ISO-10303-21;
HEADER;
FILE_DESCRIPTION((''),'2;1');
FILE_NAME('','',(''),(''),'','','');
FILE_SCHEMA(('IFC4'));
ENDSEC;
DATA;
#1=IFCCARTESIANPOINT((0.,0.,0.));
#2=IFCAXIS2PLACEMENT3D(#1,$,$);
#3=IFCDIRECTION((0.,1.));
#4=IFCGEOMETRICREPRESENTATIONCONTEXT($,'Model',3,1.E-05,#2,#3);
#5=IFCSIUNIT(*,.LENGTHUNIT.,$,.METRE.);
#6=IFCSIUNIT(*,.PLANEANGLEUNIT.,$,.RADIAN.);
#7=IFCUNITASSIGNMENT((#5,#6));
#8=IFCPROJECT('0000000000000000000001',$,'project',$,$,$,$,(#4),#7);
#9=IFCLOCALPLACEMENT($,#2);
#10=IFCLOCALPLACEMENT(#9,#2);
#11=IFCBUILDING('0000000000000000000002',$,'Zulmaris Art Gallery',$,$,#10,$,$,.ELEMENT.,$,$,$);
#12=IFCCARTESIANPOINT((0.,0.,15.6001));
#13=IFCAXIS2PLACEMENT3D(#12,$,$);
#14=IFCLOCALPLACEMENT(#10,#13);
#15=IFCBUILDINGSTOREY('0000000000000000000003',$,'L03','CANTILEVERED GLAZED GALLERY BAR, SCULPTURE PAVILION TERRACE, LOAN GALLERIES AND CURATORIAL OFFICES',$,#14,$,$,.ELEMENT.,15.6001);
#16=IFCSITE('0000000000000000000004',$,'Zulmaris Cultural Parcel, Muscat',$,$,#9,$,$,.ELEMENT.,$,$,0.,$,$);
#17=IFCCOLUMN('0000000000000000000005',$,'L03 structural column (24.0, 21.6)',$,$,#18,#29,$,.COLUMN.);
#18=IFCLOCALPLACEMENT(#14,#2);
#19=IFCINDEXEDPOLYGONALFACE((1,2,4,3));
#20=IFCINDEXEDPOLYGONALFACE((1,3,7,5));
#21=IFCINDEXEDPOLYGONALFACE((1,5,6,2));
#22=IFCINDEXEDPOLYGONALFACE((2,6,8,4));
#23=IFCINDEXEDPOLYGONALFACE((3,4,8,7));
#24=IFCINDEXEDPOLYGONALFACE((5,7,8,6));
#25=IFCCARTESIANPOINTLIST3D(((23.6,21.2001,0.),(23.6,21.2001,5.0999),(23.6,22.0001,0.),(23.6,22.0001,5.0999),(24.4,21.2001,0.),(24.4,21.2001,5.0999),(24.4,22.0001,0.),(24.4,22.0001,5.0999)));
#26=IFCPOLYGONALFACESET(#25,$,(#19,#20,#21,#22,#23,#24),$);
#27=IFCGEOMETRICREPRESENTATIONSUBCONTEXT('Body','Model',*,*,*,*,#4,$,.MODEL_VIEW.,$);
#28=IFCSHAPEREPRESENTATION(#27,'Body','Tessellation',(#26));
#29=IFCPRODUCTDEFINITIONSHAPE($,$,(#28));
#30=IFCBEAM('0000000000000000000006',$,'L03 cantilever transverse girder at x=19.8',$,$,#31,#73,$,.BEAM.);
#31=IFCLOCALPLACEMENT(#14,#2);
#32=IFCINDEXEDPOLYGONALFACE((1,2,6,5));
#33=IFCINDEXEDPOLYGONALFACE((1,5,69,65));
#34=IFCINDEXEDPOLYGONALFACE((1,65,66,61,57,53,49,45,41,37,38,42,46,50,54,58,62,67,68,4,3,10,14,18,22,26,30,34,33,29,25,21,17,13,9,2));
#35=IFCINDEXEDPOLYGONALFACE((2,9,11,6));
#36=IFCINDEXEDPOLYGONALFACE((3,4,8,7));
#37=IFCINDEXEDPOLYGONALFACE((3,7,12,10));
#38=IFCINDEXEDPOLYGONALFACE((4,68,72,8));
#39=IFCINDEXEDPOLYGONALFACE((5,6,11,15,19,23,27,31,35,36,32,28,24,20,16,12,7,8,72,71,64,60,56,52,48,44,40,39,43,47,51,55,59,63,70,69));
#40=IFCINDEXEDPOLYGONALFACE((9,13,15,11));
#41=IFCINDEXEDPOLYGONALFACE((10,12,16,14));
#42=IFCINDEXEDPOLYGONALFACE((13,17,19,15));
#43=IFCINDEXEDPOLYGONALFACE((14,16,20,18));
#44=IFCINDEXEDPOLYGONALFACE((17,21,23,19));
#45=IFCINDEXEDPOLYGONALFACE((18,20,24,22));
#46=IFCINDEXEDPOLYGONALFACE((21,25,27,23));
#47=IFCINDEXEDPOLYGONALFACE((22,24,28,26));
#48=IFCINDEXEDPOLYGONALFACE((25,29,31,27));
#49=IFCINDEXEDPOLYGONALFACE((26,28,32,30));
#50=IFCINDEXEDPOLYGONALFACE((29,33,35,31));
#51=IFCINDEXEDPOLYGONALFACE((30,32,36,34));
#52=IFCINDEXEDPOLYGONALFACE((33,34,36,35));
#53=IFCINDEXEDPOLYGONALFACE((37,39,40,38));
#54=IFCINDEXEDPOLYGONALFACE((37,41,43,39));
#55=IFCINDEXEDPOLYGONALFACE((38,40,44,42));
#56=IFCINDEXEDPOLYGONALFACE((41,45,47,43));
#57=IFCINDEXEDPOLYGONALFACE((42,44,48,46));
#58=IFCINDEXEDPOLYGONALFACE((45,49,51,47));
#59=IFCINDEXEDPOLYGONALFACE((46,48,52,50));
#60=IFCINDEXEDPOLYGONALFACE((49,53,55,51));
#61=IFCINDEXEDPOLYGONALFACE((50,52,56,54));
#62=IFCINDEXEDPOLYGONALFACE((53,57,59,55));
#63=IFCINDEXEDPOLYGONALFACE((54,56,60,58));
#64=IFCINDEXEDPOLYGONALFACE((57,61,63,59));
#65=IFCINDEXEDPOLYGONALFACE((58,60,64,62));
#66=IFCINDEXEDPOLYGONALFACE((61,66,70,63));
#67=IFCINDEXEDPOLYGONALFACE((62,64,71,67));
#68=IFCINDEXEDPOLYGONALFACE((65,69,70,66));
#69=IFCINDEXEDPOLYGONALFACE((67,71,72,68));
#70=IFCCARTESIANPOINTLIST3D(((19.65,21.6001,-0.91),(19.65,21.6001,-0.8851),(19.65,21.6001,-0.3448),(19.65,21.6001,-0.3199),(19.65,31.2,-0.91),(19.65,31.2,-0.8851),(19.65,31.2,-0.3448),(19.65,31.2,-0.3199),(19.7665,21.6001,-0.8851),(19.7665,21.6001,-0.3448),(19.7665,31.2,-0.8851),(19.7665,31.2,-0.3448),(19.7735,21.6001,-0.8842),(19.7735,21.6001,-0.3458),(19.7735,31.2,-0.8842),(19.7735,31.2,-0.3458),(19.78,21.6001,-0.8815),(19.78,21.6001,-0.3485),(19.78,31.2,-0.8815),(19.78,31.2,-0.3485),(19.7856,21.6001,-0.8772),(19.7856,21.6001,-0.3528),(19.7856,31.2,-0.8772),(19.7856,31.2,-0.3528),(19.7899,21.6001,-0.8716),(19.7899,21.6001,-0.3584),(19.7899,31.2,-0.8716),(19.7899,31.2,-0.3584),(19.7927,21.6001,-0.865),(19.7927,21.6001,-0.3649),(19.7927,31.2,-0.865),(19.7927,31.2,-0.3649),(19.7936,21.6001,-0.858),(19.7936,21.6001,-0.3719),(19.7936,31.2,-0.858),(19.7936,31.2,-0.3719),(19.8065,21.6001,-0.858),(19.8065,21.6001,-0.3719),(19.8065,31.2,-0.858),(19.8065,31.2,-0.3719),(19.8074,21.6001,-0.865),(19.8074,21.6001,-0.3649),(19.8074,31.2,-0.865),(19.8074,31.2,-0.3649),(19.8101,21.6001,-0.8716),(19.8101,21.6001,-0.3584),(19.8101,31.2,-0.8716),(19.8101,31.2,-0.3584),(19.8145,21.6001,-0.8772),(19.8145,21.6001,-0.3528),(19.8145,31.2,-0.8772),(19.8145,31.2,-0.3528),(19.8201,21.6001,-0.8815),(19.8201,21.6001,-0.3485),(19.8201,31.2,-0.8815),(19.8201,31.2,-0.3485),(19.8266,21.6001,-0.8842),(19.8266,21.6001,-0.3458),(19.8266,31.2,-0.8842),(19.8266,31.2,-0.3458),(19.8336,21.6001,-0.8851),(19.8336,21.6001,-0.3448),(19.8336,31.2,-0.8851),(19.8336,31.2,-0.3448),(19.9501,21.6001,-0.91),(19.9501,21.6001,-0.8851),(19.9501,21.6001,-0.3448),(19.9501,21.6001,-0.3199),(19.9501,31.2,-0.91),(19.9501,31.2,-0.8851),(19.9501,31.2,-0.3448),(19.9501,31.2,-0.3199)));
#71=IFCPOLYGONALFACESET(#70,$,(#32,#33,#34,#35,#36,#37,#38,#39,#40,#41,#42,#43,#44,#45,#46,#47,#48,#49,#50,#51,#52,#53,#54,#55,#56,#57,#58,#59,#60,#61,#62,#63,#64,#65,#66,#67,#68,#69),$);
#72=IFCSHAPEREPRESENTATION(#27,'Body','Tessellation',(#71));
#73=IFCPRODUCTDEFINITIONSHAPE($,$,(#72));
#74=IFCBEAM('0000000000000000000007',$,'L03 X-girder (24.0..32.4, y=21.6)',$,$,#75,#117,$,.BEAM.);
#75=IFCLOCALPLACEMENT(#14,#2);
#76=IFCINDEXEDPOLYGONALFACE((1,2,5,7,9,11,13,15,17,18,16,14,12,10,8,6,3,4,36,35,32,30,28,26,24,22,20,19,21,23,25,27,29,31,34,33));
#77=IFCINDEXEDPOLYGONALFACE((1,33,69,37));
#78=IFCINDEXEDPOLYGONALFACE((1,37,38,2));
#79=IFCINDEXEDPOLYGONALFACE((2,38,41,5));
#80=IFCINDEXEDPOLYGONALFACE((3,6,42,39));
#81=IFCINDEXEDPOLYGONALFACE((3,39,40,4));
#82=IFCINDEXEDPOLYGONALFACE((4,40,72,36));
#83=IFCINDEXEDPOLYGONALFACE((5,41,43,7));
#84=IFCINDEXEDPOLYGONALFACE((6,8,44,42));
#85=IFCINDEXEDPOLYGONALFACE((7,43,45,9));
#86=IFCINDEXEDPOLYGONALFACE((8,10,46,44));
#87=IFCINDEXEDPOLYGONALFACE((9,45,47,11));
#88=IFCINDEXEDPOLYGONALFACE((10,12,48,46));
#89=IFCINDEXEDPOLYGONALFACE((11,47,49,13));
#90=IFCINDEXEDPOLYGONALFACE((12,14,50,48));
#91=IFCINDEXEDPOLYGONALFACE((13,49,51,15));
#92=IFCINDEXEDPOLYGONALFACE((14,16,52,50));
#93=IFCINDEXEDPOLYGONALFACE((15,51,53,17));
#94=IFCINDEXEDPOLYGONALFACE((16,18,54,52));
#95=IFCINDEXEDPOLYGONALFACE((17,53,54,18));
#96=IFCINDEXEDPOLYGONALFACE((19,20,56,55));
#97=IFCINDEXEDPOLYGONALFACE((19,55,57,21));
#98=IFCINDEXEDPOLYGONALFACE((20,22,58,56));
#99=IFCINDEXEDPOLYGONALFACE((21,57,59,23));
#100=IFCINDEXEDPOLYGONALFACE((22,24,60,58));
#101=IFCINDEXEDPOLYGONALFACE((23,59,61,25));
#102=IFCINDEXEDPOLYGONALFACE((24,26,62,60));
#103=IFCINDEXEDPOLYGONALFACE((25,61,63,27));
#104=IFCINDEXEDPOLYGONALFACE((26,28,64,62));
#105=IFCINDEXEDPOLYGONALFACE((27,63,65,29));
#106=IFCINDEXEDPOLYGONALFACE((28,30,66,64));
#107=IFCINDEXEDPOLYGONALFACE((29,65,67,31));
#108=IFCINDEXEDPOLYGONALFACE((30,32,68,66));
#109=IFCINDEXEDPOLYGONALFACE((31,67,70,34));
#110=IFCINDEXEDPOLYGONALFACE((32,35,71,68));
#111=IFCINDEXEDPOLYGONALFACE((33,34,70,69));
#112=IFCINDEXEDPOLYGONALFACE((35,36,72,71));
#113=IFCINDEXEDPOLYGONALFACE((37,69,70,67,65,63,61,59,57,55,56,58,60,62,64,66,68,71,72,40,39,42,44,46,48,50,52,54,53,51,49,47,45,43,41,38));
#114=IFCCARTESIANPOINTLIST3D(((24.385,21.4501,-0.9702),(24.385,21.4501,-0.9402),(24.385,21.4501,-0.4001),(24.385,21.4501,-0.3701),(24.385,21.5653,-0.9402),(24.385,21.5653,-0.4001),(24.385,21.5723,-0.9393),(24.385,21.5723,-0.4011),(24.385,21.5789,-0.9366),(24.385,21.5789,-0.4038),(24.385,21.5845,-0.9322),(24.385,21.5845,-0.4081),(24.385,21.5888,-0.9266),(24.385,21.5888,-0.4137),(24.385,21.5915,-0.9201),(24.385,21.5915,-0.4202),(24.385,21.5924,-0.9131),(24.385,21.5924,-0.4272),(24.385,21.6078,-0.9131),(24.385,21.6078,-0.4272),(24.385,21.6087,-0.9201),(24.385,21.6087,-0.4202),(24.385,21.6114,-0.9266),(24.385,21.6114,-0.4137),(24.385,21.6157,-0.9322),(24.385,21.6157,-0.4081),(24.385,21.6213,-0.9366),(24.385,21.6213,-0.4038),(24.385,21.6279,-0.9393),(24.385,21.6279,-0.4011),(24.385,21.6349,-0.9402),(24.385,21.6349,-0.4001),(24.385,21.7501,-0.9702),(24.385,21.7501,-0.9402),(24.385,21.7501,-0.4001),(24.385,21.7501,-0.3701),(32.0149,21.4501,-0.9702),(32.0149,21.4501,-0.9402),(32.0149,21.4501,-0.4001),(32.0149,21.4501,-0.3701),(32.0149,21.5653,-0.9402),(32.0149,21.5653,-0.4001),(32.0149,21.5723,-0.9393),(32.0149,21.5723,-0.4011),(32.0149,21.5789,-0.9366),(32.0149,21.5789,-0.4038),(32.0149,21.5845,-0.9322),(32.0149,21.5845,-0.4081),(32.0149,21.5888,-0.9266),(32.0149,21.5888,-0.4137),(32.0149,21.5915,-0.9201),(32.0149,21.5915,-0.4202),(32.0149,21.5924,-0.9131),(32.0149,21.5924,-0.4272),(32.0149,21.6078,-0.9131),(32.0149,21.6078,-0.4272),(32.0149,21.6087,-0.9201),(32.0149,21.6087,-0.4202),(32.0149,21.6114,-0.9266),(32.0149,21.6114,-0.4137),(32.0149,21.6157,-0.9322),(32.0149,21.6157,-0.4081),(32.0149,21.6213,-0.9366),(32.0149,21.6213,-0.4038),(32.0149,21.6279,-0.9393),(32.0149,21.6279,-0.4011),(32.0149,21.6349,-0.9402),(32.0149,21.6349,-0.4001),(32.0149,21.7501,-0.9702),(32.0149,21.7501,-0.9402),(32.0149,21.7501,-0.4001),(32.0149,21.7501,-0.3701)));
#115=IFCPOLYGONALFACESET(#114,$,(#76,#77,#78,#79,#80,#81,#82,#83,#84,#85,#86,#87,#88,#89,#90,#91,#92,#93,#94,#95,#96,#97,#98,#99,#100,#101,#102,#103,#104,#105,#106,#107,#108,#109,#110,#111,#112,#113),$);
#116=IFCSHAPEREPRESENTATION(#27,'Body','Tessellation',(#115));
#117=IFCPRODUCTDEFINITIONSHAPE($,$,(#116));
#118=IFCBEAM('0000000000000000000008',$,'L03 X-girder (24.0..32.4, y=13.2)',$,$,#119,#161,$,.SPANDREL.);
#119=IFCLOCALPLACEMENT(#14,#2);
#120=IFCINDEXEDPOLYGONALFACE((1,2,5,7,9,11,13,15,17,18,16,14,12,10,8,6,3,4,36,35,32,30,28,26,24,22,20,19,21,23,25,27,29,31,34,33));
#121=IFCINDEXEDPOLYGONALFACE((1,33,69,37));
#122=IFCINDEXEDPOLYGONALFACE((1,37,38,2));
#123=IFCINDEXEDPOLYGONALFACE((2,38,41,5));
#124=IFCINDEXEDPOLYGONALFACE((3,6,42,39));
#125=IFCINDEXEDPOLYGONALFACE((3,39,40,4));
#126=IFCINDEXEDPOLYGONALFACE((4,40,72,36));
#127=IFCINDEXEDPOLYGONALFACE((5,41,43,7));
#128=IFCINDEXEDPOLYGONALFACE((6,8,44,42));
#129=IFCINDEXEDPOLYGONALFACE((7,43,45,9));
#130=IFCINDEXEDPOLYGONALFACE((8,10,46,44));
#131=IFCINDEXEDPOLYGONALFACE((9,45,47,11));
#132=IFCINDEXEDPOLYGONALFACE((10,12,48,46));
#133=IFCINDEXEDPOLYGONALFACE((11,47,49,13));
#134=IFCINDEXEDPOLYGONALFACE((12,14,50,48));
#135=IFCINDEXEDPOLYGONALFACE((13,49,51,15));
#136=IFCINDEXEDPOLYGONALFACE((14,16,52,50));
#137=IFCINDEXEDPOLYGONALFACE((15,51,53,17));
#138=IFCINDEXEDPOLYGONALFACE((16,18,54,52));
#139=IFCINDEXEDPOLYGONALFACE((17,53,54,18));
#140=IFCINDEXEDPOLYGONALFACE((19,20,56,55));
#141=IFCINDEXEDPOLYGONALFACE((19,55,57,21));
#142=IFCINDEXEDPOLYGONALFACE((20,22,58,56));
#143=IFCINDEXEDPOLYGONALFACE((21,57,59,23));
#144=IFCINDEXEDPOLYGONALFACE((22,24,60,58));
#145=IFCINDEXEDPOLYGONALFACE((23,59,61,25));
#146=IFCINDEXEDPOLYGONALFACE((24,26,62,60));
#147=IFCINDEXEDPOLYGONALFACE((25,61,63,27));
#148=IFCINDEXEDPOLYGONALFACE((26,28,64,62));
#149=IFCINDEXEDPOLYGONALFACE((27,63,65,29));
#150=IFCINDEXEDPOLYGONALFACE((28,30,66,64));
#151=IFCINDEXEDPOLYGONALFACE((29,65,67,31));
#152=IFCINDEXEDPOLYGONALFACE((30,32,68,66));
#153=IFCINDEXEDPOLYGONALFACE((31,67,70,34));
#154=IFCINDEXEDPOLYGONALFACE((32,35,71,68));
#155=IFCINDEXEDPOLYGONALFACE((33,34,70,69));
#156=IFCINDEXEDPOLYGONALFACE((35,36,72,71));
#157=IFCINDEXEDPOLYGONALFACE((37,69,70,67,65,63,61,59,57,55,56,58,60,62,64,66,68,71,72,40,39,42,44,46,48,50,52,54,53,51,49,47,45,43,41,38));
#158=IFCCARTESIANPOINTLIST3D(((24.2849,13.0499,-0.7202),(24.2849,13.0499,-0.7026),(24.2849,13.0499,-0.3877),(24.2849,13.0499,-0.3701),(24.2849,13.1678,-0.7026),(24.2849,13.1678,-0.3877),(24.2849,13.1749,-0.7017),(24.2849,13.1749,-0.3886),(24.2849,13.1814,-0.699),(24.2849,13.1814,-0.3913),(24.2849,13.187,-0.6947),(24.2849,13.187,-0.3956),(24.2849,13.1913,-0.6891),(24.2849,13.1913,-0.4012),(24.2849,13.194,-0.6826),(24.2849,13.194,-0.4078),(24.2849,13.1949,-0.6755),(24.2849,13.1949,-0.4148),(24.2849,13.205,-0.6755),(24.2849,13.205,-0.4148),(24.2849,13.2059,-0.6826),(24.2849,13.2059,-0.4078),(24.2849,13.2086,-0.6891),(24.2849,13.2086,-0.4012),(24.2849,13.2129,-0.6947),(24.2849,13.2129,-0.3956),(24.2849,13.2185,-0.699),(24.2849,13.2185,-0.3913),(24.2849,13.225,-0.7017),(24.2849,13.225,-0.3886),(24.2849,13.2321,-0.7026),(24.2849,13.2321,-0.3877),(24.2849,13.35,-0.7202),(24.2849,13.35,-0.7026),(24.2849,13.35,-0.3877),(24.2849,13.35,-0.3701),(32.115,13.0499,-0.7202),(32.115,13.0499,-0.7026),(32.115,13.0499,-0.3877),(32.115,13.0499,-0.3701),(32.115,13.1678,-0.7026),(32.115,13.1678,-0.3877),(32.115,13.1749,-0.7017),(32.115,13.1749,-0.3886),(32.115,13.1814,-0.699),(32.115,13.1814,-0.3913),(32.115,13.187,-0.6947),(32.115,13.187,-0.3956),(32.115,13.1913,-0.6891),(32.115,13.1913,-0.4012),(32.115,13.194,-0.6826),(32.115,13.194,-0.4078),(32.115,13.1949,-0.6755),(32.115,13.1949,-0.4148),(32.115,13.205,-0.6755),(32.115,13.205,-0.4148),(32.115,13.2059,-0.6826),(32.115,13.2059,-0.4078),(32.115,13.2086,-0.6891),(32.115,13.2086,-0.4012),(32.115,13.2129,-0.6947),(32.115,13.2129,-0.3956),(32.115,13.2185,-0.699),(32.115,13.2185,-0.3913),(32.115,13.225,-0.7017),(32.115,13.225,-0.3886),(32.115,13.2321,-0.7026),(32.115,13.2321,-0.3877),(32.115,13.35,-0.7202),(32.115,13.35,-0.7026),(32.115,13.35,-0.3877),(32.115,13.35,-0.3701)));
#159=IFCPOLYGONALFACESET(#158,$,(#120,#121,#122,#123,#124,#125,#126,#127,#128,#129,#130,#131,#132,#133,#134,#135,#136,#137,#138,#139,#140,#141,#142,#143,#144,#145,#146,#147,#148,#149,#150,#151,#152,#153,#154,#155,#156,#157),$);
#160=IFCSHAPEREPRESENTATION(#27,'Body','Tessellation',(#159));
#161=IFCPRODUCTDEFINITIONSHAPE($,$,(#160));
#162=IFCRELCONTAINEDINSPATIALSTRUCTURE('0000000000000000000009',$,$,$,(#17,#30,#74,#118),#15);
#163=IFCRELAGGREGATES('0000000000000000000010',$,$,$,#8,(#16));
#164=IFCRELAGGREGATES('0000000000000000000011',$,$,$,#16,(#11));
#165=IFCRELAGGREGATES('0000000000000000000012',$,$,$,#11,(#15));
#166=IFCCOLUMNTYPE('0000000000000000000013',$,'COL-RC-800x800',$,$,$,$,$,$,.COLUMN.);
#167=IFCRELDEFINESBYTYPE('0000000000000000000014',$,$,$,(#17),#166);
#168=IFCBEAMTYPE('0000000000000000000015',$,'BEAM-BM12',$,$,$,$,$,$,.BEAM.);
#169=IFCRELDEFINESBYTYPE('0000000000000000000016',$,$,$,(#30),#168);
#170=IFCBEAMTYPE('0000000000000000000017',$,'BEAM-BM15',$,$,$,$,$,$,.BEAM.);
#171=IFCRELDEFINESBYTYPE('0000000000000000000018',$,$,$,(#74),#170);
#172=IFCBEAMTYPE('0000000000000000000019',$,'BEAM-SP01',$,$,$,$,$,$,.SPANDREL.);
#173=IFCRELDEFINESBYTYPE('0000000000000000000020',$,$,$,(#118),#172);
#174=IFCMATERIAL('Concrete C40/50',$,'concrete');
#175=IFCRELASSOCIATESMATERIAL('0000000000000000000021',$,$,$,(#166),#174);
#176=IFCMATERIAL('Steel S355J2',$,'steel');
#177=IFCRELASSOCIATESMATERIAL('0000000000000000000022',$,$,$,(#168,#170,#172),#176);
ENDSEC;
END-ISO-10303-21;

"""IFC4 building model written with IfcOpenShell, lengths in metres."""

from ifc_helpers import new_model, si_unit, direction, frame, origin, origin_2d, place, context, subcontext, project, spatial, rectangle, i_section, extrude, material, material_profile, profile_set, type_object, element, save


model = new_model("IFC4")

# Units and contexts
model_context = context("Model", 3, precision=1e-05, world=origin(), true_north=direction((0.0, 1.0)))
body_context = subcontext(model_context, "Body", "Model", "MODEL_VIEW")
ifc_project = project(units=[si_unit("LENGTHUNIT", "METRE"), si_unit("PLANEANGLEUNIT", "RADIAN")], contexts=[model_context])

# Site, building, storey
site_placement = place(None, origin())
site = spatial("IfcSite", under=ifc_project, at=site_placement, Name="Zulmaris Cultural Parcel, Muscat", CompositionType="ELEMENT", RefElevation=0.0)
building_placement = place(site_placement, origin())
building = spatial("IfcBuilding", under=site, at=building_placement, Name="Zulmaris Art Gallery", CompositionType="ELEMENT")
storey_placement = place(building_placement, frame((0.0, 0.0, 15.6001)))
storey = spatial("IfcBuildingStorey", under=building, at=storey_placement, Name="L03", Description="CANTILEVERED GLAZED GALLERY BAR, SCULPTURE PAVILION TERRACE, LOAN GALLERIES AND CURATORIAL OFFICES", CompositionType="ELEMENT", Elevation=15.6001)

# Column
ifc_material_1 = material(Name="Concrete C40/50", Category="concrete")
ifc_material_profile_1 = material_profile(ifc_material_1, rectangle(XDim=0.8, YDim=0.8, at=origin_2d()), Name="RC 800x800")
ifc_profile_set_1 = profile_set([ifc_material_profile_1], Name="Concrete C40/50")
column_type = type_object("IfcColumnType", Name="COL-RC-800x800", PredefinedType="COLUMN", material=ifc_profile_set_1)
column_placement = place(storey_placement, frame((24.0, 21.6001, 0.0), z_axis=(0.0, 0.0, 1.0), x_axis=(1.0, 0.0, 0.0)))
element("IfcColumn", 1, at=column_placement, inside=storey, type_object=column_type, Name="L03 structural column (24.0, 21.6)", PredefinedType="COLUMN", context=body_context, shape_type="SweptSolid", body=[
    extrude(rectangle(XDim=0.8, YDim=0.8, at=origin_2d()), origin(), (0.0, 0.0, 1.0), 5.0999),
])

# Beams
ifc_material_2 = material(Name="Steel S355J2", Category="steel")
ifc_material_profile_2 = material_profile(ifc_material_2, i_section(OverallWidth=0.3, OverallDepth=0.5901, WebThickness=0.0129, FlangeThickness=0.0249, FilletRadius=0.0271, at=origin_2d()), Name="HEA 600")
ifc_profile_set_2 = profile_set([ifc_material_profile_2], Name="Steel S355J2")
beam_type_1 = type_object("IfcBeamType", Name="BEAM-BM12", PredefinedType="BEAM", material=ifc_profile_set_2)
beam_1_placement = place(storey_placement, frame((19.8, 21.6001, -0.615), z_axis=(0.0, 1.0, 0.0), x_axis=(-1.0, 0.0, 0.0)))
element("IfcBeam", 2, at=beam_1_placement, inside=storey, type_object=beam_type_1, Name="L03 cantilever transverse girder at x=19.8", PredefinedType="BEAM", context=body_context, shape_type="SweptSolid", body=[
    extrude(i_section(OverallWidth=0.3, OverallDepth=0.5901, WebThickness=0.0129, FlangeThickness=0.0249, FilletRadius=0.0271, at=origin_2d()), origin(), (0.0, 0.0, 1.0), 9.5999),
])
ifc_material_profile_3 = material_profile(ifc_material_2, i_section(OverallWidth=0.3, OverallDepth=0.6001, WebThickness=0.0154, FlangeThickness=0.03, FilletRadius=0.0271, at=origin_2d()), Name="HEB 600")
ifc_profile_set_3 = profile_set([ifc_material_profile_3], Name="Steel S355J2")
beam_type_2 = type_object("IfcBeamType", Name="BEAM-BM15", PredefinedType="BEAM", material=ifc_profile_set_3)
beam_2_placement = place(storey_placement, frame((24.385, 21.6001, -0.6702), z_axis=(1.0, 0.0, 0.0), x_axis=(0.0, 1.0, 0.0)))
element("IfcBeam", 3, at=beam_2_placement, inside=storey, type_object=beam_type_2, Name="L03 X-girder (24.0..32.4, y=21.6)", PredefinedType="BEAM", context=body_context, shape_type="SweptSolid", body=[
    extrude(i_section(OverallWidth=0.3, OverallDepth=0.6001, WebThickness=0.0154, FlangeThickness=0.03, FilletRadius=0.0271, at=origin_2d()), origin(), (0.0, 0.0, 1.0), 7.6299),
])
ifc_material_profile_4 = material_profile(ifc_material_2, i_section(OverallWidth=0.3, OverallDepth=0.3501, WebThickness=0.01, FlangeThickness=0.0176, FilletRadius=0.0271, at=origin_2d()), Name="HEA 360")
ifc_profile_set_4 = profile_set([ifc_material_profile_4], Name="Steel S355J2")
beam_type_3 = type_object("IfcBeamType", Name="BEAM-SP01", PredefinedType="SPANDREL", material=ifc_profile_set_4)
beam_3_placement = place(storey_placement, frame((24.2849, 13.2, -0.5452), z_axis=(1.0, 0.0, 0.0), x_axis=(0.0, 1.0, 0.0)))
element("IfcBeam", 4, at=beam_3_placement, inside=storey, type_object=beam_type_3, Name="L03 X-girder (24.0..32.4, y=13.2)", PredefinedType="SPANDREL", context=body_context, shape_type="SweptSolid", body=[
    extrude(i_section(OverallWidth=0.3, OverallDepth=0.3501, WebThickness=0.01, FlangeThickness=0.0176, FilletRadius=0.0271, at=origin_2d()), origin(), (0.0, 0.0, 1.0), 7.8301),
])

save(model, "model.ifc")
